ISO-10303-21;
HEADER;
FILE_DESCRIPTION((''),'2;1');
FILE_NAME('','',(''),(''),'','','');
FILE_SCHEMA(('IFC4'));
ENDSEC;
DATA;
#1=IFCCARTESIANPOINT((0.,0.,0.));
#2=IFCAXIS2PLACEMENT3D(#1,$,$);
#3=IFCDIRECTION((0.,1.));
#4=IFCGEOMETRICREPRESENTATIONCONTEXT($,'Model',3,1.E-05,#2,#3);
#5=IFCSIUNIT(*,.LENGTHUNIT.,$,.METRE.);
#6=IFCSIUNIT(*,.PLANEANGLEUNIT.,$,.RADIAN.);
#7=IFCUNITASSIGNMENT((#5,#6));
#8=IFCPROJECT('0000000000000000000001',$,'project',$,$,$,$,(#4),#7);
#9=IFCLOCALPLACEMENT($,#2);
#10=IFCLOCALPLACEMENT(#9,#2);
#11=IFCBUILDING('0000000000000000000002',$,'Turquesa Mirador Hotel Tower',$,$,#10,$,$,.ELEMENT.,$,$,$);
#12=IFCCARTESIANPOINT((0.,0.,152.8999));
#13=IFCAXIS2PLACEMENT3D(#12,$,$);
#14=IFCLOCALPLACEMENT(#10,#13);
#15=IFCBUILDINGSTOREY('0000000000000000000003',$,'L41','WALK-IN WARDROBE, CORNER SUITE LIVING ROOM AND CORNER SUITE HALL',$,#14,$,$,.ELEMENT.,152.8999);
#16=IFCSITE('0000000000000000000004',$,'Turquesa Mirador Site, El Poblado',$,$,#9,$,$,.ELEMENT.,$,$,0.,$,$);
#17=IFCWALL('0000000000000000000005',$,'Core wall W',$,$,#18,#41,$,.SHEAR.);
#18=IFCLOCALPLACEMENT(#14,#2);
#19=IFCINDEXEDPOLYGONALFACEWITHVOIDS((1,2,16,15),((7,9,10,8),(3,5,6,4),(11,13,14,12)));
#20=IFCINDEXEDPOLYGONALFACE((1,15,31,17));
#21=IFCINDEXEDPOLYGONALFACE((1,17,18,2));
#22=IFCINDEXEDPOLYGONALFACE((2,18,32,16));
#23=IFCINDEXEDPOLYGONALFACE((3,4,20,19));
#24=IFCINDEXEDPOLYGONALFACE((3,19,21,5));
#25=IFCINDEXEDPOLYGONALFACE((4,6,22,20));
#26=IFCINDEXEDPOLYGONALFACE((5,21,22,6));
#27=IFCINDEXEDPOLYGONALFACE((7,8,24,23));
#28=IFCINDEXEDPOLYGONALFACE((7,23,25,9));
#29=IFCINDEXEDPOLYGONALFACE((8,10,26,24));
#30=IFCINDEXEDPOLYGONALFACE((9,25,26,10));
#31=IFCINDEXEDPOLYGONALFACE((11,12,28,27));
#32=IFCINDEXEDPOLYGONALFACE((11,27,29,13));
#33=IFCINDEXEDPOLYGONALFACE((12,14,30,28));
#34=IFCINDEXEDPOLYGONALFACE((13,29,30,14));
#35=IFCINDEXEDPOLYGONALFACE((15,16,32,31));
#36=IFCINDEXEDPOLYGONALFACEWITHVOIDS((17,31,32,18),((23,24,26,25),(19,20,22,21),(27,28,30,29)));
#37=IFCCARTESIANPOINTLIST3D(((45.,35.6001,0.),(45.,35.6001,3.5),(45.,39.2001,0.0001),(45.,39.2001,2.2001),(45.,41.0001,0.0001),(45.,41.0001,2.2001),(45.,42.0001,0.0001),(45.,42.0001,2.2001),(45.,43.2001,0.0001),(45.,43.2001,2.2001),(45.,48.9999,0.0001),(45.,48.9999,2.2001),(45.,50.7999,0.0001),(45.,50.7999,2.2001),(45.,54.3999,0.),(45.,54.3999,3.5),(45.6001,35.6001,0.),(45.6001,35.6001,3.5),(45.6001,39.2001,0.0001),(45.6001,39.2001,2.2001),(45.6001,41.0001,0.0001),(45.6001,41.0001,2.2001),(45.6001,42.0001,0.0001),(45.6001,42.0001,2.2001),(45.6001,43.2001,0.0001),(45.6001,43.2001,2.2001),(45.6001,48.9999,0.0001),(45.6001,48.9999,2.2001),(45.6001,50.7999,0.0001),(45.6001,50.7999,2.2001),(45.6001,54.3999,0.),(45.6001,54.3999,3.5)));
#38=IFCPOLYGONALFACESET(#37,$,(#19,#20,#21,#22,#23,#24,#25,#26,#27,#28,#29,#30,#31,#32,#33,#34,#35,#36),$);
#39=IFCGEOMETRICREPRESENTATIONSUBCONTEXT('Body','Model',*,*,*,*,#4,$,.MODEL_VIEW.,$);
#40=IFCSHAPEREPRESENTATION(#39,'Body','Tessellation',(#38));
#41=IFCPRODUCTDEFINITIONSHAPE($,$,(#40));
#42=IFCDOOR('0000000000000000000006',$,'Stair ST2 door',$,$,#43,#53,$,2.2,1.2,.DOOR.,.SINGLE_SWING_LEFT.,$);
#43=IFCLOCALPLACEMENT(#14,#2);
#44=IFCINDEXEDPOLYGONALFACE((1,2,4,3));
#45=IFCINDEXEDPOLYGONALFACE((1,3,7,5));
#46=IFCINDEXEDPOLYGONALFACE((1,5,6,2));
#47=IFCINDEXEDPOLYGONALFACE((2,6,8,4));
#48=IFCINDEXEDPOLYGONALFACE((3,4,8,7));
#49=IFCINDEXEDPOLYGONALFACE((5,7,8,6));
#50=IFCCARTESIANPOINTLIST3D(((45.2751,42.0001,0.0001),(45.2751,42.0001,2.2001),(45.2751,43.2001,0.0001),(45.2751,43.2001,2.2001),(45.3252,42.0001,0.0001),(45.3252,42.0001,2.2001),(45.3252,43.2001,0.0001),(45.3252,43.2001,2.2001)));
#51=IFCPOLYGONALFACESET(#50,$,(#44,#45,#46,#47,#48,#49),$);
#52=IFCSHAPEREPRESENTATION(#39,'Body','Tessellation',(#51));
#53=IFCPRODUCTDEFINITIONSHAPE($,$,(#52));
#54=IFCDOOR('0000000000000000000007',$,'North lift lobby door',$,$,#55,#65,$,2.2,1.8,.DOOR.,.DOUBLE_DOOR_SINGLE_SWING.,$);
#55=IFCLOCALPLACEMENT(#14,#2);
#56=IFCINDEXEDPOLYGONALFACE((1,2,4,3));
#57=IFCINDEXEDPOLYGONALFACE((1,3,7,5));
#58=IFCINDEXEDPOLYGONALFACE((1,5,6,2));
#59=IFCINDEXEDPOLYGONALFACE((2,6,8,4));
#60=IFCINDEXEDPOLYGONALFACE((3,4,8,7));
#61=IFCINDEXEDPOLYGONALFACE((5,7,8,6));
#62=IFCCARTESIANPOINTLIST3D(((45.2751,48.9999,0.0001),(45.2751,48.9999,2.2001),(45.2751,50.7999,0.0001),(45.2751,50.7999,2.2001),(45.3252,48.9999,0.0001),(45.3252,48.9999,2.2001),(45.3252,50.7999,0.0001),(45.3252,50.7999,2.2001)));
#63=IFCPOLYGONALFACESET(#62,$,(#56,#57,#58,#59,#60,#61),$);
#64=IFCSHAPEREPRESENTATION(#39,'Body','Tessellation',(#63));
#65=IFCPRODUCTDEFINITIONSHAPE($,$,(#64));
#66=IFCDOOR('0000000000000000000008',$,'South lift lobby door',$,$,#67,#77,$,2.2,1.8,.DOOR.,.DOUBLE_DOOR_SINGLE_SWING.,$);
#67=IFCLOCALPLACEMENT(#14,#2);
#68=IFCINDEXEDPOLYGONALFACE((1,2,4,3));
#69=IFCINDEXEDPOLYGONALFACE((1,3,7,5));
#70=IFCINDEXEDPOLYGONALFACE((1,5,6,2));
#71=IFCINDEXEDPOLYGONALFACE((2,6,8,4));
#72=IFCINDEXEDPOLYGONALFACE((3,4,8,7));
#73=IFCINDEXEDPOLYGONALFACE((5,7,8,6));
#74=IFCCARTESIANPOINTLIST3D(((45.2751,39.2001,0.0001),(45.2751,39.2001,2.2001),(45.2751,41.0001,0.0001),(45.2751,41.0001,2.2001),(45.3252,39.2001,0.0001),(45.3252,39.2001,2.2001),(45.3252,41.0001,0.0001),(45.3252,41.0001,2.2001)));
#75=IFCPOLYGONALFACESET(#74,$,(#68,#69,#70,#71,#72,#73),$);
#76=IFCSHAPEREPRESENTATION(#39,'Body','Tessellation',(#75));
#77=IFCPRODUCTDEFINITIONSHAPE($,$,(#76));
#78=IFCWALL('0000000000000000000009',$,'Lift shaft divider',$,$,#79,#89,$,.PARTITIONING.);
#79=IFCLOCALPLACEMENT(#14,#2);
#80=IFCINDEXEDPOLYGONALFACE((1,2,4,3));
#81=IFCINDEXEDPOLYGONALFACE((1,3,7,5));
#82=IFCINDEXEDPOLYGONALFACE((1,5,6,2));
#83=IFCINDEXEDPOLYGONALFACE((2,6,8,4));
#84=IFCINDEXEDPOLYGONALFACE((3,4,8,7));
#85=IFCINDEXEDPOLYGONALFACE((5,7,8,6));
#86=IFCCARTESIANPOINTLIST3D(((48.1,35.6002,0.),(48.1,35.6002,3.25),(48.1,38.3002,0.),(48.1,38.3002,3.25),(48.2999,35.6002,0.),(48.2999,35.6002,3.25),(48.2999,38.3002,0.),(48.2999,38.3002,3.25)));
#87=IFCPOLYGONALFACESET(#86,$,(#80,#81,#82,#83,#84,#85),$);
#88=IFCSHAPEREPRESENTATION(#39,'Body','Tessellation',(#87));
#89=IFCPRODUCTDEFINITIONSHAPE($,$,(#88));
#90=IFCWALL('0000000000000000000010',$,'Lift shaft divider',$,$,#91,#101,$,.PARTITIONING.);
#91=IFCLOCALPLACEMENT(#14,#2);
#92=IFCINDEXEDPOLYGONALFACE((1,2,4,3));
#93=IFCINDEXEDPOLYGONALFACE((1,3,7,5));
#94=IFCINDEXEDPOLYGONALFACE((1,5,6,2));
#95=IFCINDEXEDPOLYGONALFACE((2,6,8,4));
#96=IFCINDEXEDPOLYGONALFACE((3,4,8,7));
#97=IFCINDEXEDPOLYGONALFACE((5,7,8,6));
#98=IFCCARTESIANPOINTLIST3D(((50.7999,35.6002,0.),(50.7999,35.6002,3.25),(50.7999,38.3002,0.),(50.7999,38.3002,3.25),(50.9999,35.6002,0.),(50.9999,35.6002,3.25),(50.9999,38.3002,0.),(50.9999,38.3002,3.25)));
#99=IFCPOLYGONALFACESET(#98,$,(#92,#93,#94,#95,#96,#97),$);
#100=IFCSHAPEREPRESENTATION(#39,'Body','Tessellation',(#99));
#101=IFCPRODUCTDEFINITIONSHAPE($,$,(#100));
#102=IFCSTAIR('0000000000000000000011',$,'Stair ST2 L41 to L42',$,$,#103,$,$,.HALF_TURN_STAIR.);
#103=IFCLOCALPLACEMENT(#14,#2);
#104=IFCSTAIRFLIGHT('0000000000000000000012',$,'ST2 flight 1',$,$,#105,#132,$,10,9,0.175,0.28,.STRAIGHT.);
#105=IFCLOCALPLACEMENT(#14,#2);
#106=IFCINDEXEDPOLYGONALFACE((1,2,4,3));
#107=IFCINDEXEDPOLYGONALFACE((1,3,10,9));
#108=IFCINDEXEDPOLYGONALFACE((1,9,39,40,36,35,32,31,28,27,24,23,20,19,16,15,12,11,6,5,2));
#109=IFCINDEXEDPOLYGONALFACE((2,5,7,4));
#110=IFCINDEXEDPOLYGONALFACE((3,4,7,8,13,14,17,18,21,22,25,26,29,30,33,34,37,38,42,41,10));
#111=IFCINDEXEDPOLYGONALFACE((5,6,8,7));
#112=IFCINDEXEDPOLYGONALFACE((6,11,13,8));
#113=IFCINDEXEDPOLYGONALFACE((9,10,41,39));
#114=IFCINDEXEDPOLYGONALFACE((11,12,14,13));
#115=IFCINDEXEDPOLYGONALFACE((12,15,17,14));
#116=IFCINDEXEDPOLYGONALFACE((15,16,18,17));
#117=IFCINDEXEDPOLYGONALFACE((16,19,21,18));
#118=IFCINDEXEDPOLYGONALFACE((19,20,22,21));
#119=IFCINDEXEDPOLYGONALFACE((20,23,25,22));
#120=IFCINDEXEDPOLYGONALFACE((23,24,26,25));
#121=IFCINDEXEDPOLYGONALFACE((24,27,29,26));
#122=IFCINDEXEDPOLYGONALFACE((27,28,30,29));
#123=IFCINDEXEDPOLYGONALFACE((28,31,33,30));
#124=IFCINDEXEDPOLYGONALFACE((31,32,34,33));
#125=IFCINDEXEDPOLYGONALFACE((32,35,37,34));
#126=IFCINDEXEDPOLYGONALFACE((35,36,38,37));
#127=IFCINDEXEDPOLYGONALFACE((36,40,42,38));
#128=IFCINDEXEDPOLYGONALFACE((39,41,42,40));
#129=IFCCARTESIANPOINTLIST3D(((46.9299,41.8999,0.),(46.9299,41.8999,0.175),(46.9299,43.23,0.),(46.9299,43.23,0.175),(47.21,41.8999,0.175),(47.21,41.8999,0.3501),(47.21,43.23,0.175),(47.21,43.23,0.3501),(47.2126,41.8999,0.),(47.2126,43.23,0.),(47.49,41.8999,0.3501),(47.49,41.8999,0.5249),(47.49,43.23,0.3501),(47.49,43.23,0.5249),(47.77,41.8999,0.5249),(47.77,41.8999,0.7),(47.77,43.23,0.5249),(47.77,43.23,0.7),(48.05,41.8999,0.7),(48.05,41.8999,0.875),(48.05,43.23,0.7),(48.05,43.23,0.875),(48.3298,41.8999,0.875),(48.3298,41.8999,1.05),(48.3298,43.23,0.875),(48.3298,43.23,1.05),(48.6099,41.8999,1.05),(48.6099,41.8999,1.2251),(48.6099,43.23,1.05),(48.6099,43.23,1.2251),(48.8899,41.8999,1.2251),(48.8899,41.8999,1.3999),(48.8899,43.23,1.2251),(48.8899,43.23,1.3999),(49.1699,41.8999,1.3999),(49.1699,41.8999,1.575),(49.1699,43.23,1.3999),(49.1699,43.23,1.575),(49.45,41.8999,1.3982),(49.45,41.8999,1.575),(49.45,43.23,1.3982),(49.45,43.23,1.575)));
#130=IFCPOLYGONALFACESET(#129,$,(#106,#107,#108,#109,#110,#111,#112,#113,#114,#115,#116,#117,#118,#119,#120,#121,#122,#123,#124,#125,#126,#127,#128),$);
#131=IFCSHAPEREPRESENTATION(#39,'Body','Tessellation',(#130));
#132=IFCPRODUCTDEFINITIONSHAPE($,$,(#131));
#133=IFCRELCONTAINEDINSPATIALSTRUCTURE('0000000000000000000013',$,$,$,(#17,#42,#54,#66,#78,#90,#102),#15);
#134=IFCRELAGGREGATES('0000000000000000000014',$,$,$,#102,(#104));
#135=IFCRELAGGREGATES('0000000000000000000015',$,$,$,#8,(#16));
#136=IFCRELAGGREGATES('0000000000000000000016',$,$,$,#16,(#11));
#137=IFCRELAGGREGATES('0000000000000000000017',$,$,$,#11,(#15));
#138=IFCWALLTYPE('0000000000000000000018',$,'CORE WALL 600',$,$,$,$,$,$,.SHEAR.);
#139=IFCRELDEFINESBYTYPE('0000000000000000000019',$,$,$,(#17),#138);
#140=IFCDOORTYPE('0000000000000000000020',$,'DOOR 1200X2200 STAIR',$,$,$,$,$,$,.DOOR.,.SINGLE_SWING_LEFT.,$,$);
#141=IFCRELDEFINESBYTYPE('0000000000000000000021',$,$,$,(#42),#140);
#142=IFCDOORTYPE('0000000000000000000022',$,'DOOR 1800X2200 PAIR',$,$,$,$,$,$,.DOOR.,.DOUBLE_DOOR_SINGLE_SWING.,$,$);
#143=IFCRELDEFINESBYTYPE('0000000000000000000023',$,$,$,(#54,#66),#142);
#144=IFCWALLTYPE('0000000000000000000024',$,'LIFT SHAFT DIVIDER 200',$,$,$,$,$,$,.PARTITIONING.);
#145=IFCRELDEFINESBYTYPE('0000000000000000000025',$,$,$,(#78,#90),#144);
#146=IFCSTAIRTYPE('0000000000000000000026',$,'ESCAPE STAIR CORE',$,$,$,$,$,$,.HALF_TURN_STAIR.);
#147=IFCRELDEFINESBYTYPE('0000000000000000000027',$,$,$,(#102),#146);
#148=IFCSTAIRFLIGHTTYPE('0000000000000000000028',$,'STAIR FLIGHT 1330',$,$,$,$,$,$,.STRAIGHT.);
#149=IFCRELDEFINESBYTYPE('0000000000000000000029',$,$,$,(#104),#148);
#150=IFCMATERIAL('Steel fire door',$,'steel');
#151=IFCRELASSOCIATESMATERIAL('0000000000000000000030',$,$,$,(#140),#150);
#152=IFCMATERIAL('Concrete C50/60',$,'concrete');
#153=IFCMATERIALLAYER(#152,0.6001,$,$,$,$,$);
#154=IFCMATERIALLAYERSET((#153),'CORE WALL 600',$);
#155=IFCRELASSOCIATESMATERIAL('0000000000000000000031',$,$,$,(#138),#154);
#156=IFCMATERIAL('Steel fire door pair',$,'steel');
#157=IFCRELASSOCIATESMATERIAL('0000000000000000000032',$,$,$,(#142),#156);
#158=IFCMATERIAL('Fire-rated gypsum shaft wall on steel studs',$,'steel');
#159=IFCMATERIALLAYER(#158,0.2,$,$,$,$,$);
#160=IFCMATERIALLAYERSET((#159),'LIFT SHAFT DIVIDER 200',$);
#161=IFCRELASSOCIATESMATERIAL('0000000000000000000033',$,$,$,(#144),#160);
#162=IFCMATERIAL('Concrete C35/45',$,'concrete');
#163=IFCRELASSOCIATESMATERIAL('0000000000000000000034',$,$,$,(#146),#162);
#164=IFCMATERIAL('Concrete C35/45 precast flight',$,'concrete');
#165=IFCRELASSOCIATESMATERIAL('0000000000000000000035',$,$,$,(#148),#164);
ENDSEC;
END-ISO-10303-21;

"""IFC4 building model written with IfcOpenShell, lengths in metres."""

from ifc_helpers import new_model, si_unit, direction, frame, frame_2d, origin, place, context, subcontext, project, spatial, polyline, rectangle, outline, extrude, material, layer, layer_set, type_object, element, fill, aggregate, save


model = new_model("IFC4")

# Units and contexts
model_context = context("Model", 3, precision=1e-05, world=origin(), true_north=direction((0.0, 1.0)))
body_context = subcontext(model_context, "Body", "Model", "MODEL_VIEW")
ifc_project = project(units=[si_unit("LENGTHUNIT", "METRE"), si_unit("PLANEANGLEUNIT", "RADIAN")], contexts=[model_context])

# Site, building, storey
site_placement = place(None, origin())
site = spatial("IfcSite", under=ifc_project, at=site_placement, Name="Turquesa Mirador Site, El Poblado", CompositionType="ELEMENT", RefElevation=0.0)
building_placement = place(site_placement, origin())
building = spatial("IfcBuilding", under=site, at=building_placement, Name="Turquesa Mirador Hotel Tower", CompositionType="ELEMENT")
storey_placement = place(building_placement, frame((0.0, 0.0, 152.8999)))
storey = spatial("IfcBuildingStorey", under=building, at=storey_placement, Name="L41", Description="WALK-IN WARDROBE, CORNER SUITE LIVING ROOM AND CORNER SUITE HALL", CompositionType="ELEMENT", Elevation=152.8999)

# Shared definitions
ifc_material_1 = material(Name="Steel fire door", Category="steel")
door_type_1 = type_object("IfcDoorType", Name="DOOR 1200X2200 STAIR", OperationType="SINGLE_SWING_LEFT", PredefinedType="DOOR", material=ifc_material_1)

# Shared definitions
ifc_material_2 = material(Name="Concrete C50/60", Category="concrete")
ifc_layer_1 = layer(ifc_material_2, 0.6001)
ifc_layer_set_1 = layer_set([ifc_layer_1], Name="CORE WALL 600")
wall_type_1 = type_object("IfcWallType", Name="CORE WALL 600", PredefinedType="SHEAR", material=ifc_layer_set_1)

# Wall, openings, doors
wall_1_placement = place(storey_placement, frame((45.3, 35.6001, 0.0), z_axis=(0.0, 0.0, 1.0), x_axis=(0.0, 1.0, 0.0)))
wall_1 = element("IfcWall", 1, at=wall_1_placement, inside=storey, type_object=wall_type_1, Name="Core wall W", PredefinedType="SHEAR", context=body_context, shape_type="SweptSolid", body=[
    extrude(rectangle(XDim=18.7998, YDim=0.6001, at=frame_2d((9.3999, 0.0))), origin(), (0.0, 0.0, 1.0), 3.5),
])
opening_1_placement = place(wall_1_placement, frame((13.3999, 0.0, 0.0)))
opening_1 = element("IfcOpeningElement", 2, at=opening_1_placement, cuts=wall_1, PredefinedType="OPENING", context=body_context, shape_type="SweptSolid", body=[
    extrude(rectangle(XDim=1.8, YDim=2.2, at=frame_2d((0.8999, 1.1001))), frame((0.0, 0.3101, 0.0), z_axis=(0.0, -1.0, 0.0), x_axis=(1.0, 0.0, 0.0)), (0.0, 0.0, 1.0), 0.6201),
])
opening_2_placement = place(wall_1_placement, frame((3.6001, 0.0, 0.0)))
opening_2 = element("IfcOpeningElement", 3, at=opening_2_placement, cuts=wall_1, PredefinedType="OPENING", context=body_context, shape_type="SweptSolid", body=[
    extrude(rectangle(XDim=1.8, YDim=2.2, at=frame_2d((0.8999, 1.1001))), frame((0.0, 0.3101, 0.0), z_axis=(0.0, -1.0, 0.0), x_axis=(1.0, 0.0, 0.0)), (0.0, 0.0, 1.0), 0.6201),
])
opening_3_placement = place(wall_1_placement, frame((6.3999, 0.0, 0.0)))
opening_3 = element("IfcOpeningElement", 4, at=opening_3_placement, cuts=wall_1, PredefinedType="OPENING", context=body_context, shape_type="SweptSolid", body=[
    extrude(rectangle(XDim=1.2, YDim=2.2, at=frame_2d((0.6001, 1.1001))), frame((0.0, 0.3101, 0.0), z_axis=(0.0, -1.0, 0.0), x_axis=(1.0, 0.0, 0.0)), (0.0, 0.0, 1.0), 0.6201),
])
door_1_placement = place(opening_3_placement, origin())
door_1 = element("IfcDoor", 5, at=door_1_placement, inside=storey, type_object=door_type_1, Name="Stair ST2 door", OperationType="SINGLE_SWING_LEFT", OverallHeight=2.2, OverallWidth=1.2, PredefinedType="DOOR", context=body_context, shape_type="SweptSolid", body=[
    extrude(rectangle(XDim=1.2, YDim=2.2, at=frame_2d((0.6001, 1.1001))), frame((0.0, 0.0249, 0.0), z_axis=(0.0, -1.0, 0.0), x_axis=(1.0, 0.0, 0.0)), (0.0, 0.0, 1.0), 0.05),
])
fill(opening_3, door_1)
ifc_material_3 = material(Name="Steel fire door pair", Category="steel")
door_type_2 = type_object("IfcDoorType", Name="DOOR 1800X2200 PAIR", OperationType="DOUBLE_DOOR_SINGLE_SWING", PredefinedType="DOOR", material=ifc_material_3)
door_2_placement = place(opening_1_placement, origin())
door_2 = element("IfcDoor", 6, at=door_2_placement, inside=storey, type_object=door_type_2, Name="North lift lobby door", OperationType="DOUBLE_DOOR_SINGLE_SWING", OverallHeight=2.2, OverallWidth=1.8, PredefinedType="DOOR", context=body_context, shape_type="SweptSolid", body=[
    extrude(rectangle(XDim=1.8, YDim=2.2, at=frame_2d((0.8999, 1.1001))), frame((0.0, 0.0249, 0.0), z_axis=(0.0, -1.0, 0.0), x_axis=(1.0, 0.0, 0.0)), (0.0, 0.0, 1.0), 0.05),
])
fill(opening_1, door_2)
door_3_placement = place(opening_2_placement, origin())
door_3 = element("IfcDoor", 7, at=door_3_placement, inside=storey, type_object=door_type_2, Name="South lift lobby door", OperationType="DOUBLE_DOOR_SINGLE_SWING", OverallHeight=2.2, OverallWidth=1.8, PredefinedType="DOOR", context=body_context, shape_type="SweptSolid", body=[
    extrude(rectangle(XDim=1.8, YDim=2.2, at=frame_2d((0.8999, 1.1001))), frame((0.0, 0.0249, 0.0), z_axis=(0.0, -1.0, 0.0), x_axis=(1.0, 0.0, 0.0)), (0.0, 0.0, 1.0), 0.05),
])
fill(opening_2, door_3)

# Walls
ifc_material_4 = material(Name="Fire-rated gypsum shaft wall on steel studs", Category="steel")
ifc_layer_2 = layer(ifc_material_4, 0.2)
ifc_layer_set_2 = layer_set([ifc_layer_2], Name="LIFT SHAFT DIVIDER 200")
wall_type_2 = type_object("IfcWallType", Name="LIFT SHAFT DIVIDER 200", PredefinedType="PARTITIONING", material=ifc_layer_set_2)
for number, where, z_axis, x_axis, name in (
    (8, (48.2, 35.6001, 0.0), (0.0, 0.0, 1.0), (0.0, 1.0, 0.0), "Lift shaft divider"),
    (9, (50.8999, 35.6001, 0.0), (0.0, 0.0, 1.0), (0.0, 1.0, 0.0), "Lift shaft divider"),
):
    element("IfcWall", number, at=place(storey_placement, frame(where, z_axis=z_axis, x_axis=x_axis)), inside=storey, type_object=wall_type_2, Name=name, PredefinedType="PARTITIONING", context=body_context, shape_type="SweptSolid", body=[
        extrude(rectangle(XDim=2.7, YDim=0.2, at=frame_2d((1.3501, 0.0))), origin(), (0.0, 0.0, 1.0), 3.25),
    ])

# Stair, stair flight
ifc_material_5 = material(Name="Concrete C35/45", Category="concrete")
stair_type = type_object("IfcStairType", Name="ESCAPE STAIR CORE", PredefinedType="HALF_TURN_STAIR", material=ifc_material_5)
stair_placement = place(storey_placement, origin())
stair = element("IfcStair", 10, at=stair_placement, inside=storey, type_object=stair_type, Name="Stair ST2 L41 to L42", PredefinedType="HALF_TURN_STAIR")
ifc_material_6 = material(Name="Concrete C35/45 precast flight", Category="concrete")
stair_flight_type = type_object("IfcStairFlightType", Name="STAIR FLIGHT 1330", PredefinedType="STRAIGHT", material=ifc_material_6)
stair_flight_placement = place(storey_placement, frame((46.9299, 42.5649, 0.0), z_axis=(0.0, 0.0, 1.0), x_axis=(1.0, 0.0, 0.0)))
stair_flight = element("IfcStairFlight", 11, at=stair_flight_placement, type_object=stair_flight_type, Name="ST2 flight 1", NumberOfRisers=10, NumberOfTreads=9, PredefinedType="STRAIGHT", RiserHeight=0.175, TreadLength=0.28, context=body_context, shape_type="SweptSolid", body=[
    extrude(outline(polyline([(0.0, 0.0), (0.0, 0.175), (0.28, 0.175), (0.28, 0.3501), (0.5601, 0.3501), (0.5601, 0.5249), (0.8401, 0.5249), (0.8401, 0.7), (1.1201, 0.7), (1.1201, 0.875), (1.3999, 0.875), (1.3999, 1.05), (1.6799, 1.05), (1.6799, 1.2251), (1.96, 1.2251), (1.96, 1.3999), (2.24, 1.3999), (2.24, 1.575), (2.52, 1.575), (2.52, 1.75), (2.52, 1.3982), (0.2827, 0.0), (0.0, 0.0)])), frame((0.0, 0.665, 0.0), z_axis=(0.0, -1.0, 0.0), x_axis=(1.0, 0.0, 0.0)), (0.0, 0.0, 1.0), 1.3301),
])
aggregate(stair, [stair_flight])

save(model, "model.ifc")
